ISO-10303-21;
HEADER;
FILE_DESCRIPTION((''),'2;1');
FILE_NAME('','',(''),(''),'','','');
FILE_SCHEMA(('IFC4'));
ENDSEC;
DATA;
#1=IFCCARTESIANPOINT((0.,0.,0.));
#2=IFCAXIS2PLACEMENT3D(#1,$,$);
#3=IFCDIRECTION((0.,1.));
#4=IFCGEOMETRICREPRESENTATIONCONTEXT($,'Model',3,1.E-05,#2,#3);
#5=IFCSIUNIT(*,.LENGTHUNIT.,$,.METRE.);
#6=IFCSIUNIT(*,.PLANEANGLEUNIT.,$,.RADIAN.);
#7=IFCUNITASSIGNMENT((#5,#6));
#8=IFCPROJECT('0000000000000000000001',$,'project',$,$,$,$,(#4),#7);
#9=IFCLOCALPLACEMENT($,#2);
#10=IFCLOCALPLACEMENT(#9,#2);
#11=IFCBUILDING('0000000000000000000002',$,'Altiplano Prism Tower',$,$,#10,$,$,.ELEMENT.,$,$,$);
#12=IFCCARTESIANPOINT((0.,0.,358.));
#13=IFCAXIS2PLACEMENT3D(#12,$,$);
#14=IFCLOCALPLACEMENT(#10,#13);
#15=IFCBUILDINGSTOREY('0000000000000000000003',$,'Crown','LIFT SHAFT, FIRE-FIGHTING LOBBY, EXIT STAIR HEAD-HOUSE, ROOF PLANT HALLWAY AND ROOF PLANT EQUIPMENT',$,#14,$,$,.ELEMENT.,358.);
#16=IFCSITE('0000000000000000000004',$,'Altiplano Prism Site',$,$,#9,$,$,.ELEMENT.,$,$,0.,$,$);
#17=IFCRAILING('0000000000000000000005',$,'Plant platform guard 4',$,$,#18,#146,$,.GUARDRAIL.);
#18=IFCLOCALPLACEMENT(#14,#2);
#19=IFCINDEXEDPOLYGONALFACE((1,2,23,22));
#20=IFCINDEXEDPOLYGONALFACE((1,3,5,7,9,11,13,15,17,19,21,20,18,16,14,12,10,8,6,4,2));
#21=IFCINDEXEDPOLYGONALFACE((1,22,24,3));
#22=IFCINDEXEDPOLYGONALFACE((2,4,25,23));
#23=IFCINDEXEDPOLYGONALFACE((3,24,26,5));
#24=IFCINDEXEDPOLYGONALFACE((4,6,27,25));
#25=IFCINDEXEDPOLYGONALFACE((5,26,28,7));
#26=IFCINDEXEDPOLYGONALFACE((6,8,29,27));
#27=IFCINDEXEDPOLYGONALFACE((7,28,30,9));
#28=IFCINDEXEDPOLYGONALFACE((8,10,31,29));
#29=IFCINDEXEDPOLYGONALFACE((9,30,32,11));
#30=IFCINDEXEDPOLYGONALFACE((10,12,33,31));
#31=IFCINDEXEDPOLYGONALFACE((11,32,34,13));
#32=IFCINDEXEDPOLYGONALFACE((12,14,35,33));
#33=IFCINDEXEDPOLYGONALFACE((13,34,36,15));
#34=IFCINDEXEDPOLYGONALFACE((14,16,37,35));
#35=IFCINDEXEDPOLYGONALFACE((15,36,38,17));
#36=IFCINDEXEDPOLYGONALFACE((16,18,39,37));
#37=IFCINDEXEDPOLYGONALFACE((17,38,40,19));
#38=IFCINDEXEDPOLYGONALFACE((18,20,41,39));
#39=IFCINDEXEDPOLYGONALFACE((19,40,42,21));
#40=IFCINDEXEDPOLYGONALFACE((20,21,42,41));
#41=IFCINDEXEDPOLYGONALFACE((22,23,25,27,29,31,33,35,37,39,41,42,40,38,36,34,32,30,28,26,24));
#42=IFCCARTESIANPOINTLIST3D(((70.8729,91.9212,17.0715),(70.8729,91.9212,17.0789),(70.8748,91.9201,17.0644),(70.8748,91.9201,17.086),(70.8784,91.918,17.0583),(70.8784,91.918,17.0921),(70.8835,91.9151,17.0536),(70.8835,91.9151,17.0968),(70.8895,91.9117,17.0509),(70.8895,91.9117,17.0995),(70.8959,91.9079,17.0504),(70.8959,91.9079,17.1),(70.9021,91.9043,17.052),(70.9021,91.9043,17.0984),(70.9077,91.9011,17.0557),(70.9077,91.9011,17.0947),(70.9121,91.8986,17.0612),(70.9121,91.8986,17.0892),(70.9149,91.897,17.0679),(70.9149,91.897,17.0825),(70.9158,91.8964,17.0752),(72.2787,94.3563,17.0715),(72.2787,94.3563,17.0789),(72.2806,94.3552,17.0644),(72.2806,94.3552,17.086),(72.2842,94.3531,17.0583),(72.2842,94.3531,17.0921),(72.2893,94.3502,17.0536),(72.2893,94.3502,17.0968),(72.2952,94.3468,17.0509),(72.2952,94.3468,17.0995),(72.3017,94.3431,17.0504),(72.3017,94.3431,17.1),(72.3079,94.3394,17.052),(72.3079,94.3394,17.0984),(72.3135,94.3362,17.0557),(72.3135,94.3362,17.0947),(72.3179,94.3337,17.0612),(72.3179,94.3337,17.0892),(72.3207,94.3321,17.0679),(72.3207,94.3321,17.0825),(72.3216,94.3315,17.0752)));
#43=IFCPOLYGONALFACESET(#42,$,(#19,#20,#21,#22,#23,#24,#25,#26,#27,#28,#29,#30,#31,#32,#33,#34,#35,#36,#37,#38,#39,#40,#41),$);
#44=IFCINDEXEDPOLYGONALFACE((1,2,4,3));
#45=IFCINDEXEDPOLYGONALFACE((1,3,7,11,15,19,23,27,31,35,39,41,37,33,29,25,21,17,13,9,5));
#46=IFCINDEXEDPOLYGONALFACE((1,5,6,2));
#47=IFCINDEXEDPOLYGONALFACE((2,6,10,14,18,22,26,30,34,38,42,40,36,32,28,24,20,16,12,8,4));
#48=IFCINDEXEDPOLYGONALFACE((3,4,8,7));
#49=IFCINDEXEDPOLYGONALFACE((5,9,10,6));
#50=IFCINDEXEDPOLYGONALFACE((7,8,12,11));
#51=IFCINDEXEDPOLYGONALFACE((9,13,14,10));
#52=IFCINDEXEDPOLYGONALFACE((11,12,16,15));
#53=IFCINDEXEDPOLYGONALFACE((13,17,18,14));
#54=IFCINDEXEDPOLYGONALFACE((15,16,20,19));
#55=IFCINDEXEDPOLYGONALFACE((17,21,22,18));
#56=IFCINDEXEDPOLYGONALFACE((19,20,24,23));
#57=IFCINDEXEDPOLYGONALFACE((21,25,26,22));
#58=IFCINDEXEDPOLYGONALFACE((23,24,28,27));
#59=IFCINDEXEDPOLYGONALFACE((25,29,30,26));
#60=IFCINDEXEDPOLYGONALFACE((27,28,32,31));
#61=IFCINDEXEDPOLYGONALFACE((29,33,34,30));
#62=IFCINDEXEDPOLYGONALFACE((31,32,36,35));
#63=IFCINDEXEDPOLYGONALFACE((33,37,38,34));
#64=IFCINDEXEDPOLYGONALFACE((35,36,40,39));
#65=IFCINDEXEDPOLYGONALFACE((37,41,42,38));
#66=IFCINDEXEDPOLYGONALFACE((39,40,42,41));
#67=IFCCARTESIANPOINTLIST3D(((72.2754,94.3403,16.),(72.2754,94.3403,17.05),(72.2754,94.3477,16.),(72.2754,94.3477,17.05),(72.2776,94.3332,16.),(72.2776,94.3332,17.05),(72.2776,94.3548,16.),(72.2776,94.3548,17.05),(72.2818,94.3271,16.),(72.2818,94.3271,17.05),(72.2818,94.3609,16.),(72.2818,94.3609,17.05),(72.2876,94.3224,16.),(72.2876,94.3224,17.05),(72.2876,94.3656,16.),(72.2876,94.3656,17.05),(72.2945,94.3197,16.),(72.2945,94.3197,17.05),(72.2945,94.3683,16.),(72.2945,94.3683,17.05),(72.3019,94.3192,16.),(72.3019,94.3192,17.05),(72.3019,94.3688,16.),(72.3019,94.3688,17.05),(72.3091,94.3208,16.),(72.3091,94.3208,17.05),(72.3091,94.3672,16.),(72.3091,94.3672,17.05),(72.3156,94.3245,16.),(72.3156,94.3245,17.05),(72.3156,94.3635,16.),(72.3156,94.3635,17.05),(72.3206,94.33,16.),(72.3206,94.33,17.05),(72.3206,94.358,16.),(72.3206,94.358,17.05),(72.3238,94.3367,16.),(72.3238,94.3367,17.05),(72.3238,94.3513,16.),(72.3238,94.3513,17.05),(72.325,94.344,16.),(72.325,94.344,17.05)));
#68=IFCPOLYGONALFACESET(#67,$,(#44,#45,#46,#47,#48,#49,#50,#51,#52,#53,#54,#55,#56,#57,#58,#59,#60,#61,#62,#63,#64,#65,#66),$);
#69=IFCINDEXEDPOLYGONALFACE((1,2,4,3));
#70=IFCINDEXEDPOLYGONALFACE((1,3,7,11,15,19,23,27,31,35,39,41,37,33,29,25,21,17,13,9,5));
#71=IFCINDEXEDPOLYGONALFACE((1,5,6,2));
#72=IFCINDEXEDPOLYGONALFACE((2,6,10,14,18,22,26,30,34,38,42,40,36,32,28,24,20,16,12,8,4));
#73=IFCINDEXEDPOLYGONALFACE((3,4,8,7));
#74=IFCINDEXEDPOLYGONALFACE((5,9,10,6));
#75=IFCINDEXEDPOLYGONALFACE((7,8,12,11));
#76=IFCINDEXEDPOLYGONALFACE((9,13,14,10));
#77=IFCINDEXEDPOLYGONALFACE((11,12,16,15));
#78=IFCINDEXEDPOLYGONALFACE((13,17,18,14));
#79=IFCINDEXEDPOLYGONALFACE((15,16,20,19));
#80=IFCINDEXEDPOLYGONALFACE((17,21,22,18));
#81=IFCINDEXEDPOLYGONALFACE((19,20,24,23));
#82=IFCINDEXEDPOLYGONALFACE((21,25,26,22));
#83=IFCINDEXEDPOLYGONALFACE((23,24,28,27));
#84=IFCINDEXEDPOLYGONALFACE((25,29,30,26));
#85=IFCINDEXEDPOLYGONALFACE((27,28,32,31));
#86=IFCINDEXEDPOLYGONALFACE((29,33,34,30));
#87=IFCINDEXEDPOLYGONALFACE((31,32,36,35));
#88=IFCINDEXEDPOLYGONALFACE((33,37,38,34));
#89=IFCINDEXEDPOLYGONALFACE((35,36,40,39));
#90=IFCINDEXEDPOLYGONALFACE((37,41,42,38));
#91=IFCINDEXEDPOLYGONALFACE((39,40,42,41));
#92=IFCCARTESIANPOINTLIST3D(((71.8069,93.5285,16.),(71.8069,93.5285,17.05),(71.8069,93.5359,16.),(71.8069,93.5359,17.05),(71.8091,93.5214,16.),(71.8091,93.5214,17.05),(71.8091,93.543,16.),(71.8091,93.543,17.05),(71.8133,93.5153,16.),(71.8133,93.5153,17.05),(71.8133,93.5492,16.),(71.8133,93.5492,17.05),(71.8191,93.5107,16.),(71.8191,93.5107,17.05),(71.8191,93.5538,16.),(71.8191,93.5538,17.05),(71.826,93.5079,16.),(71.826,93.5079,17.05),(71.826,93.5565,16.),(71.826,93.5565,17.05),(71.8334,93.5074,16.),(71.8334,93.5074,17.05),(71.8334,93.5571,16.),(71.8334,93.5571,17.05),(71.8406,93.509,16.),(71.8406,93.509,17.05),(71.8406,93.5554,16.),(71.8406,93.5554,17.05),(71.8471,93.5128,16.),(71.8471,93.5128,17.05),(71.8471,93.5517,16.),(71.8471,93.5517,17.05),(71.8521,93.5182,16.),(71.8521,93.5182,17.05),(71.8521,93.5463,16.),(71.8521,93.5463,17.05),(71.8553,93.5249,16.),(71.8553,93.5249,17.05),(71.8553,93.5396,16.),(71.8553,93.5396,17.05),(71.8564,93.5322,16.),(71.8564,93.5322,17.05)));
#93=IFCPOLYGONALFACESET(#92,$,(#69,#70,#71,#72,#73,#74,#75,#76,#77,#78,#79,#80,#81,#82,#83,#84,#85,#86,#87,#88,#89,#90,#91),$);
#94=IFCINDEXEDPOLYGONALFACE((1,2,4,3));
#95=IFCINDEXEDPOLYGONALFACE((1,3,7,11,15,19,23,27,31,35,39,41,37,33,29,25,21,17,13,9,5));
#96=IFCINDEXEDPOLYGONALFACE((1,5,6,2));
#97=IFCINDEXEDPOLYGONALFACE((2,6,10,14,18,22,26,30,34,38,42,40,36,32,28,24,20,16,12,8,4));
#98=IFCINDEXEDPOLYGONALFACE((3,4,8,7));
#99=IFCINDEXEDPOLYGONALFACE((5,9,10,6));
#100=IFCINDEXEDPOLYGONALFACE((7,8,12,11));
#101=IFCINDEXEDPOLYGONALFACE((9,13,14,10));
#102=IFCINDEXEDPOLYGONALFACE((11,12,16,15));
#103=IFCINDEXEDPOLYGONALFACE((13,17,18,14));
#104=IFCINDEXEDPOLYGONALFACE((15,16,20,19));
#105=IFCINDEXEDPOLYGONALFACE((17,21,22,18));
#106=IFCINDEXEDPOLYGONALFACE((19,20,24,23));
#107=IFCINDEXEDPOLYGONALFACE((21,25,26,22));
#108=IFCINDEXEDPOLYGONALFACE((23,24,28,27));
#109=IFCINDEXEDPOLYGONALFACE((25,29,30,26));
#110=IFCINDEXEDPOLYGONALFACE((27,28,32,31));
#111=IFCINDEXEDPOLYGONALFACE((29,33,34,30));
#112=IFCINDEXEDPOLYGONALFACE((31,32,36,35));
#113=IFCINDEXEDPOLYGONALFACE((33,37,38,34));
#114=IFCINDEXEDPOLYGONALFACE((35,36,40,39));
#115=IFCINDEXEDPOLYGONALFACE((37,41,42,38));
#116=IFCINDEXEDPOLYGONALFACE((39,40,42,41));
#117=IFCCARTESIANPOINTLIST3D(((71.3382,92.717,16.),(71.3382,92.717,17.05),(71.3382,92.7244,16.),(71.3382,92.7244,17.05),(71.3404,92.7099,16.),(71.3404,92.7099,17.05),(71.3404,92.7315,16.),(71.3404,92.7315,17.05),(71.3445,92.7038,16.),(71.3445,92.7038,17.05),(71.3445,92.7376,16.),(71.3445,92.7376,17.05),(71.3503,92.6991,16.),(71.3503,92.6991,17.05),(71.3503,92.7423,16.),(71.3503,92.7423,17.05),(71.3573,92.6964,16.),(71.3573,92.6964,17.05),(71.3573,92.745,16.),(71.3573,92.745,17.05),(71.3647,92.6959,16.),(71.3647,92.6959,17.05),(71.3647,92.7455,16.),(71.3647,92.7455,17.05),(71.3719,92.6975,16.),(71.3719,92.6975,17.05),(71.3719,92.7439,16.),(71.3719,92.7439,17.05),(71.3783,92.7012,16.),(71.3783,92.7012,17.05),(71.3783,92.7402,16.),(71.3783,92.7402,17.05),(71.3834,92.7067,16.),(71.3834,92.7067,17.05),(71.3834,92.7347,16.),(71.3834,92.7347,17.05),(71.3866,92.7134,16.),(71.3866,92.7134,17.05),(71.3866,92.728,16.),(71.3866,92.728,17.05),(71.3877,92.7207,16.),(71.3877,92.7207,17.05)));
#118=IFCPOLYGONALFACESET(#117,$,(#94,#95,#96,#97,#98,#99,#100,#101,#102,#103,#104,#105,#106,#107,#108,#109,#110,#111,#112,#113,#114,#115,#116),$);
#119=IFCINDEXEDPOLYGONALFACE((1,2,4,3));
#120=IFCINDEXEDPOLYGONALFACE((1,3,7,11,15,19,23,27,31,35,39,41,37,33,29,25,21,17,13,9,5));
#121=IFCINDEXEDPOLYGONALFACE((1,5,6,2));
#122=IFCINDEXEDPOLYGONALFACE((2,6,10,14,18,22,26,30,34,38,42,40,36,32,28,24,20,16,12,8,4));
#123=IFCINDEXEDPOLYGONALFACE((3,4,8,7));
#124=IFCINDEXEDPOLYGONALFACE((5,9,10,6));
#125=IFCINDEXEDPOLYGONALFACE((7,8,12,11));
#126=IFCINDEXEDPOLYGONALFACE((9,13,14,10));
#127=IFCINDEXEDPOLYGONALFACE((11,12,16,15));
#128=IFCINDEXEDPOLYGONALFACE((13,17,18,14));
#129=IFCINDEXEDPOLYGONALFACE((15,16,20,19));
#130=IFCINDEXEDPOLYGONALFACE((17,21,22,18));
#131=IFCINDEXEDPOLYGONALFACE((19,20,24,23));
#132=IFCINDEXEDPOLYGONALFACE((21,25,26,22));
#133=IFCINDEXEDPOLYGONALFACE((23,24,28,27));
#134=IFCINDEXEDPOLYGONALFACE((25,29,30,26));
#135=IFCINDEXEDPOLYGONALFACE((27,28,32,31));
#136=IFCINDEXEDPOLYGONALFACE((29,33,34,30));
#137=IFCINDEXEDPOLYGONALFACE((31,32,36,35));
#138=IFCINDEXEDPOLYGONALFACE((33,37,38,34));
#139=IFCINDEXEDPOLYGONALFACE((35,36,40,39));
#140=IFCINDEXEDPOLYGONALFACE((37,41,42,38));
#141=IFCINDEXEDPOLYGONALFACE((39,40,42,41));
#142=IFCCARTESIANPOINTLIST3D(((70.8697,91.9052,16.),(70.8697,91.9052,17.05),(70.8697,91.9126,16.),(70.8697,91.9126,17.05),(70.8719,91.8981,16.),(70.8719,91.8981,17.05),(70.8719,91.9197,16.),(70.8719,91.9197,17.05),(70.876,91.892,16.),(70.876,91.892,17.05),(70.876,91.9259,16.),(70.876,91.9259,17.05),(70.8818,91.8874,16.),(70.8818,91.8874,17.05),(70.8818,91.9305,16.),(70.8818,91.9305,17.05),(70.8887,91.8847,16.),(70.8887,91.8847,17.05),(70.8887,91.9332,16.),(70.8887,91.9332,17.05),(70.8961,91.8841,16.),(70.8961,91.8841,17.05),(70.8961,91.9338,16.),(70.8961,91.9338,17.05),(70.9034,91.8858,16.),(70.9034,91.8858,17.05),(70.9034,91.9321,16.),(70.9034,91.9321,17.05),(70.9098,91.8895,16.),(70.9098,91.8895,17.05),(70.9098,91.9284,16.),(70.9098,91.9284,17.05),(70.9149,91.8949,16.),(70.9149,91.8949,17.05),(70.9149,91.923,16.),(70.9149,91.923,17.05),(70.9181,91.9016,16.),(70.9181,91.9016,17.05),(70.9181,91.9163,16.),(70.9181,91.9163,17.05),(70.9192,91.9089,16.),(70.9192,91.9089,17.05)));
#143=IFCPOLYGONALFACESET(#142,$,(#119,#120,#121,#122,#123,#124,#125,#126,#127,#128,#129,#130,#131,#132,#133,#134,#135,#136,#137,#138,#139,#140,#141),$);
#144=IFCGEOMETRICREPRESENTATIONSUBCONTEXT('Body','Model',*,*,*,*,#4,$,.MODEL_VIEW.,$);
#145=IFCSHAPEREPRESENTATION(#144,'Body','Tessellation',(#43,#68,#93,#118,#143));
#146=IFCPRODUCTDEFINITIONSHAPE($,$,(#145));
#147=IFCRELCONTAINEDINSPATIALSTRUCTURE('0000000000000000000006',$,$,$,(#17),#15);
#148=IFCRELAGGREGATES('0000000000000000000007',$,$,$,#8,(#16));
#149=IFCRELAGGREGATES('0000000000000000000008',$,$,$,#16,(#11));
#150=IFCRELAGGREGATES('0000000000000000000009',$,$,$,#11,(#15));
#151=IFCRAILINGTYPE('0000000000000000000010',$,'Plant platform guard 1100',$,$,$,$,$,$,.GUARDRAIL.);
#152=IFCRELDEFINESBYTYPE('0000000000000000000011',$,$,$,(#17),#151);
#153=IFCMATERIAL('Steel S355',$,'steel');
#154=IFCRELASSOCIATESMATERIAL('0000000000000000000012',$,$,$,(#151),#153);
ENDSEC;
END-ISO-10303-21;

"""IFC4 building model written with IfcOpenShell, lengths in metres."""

from ifc_helpers import new_model, si_unit, direction, frame, origin, origin_2d, place, context, subcontext, project, spatial, circle, extrude, material, type_object, element, save


model = new_model("IFC4")

# Units and contexts
model_context = context("Model", 3, precision=1e-05, world=origin(), true_north=direction((0.0, 1.0)))
body_context = subcontext(model_context, "Body", "Model", "MODEL_VIEW")
ifc_project = project(units=[si_unit("LENGTHUNIT", "METRE"), si_unit("PLANEANGLEUNIT", "RADIAN")], contexts=[model_context])

# Site, building, storey
site_placement = place(None, origin())
site = spatial("IfcSite", under=ifc_project, at=site_placement, Name="Altiplano Prism Site", CompositionType="ELEMENT", RefElevation=0.0)
building_placement = place(site_placement, origin())
building = spatial("IfcBuilding", under=site, at=building_placement, Name="Altiplano Prism Tower", CompositionType="ELEMENT")
storey_placement = place(building_placement, frame((0.0, 0.0, 358.0)))
storey = spatial("IfcBuildingStorey", under=building, at=storey_placement, Name="Crown", Description="LIFT SHAFT, FIRE-FIGHTING LOBBY, EXIT STAIR HEAD-HOUSE, ROOF PLANT HALLWAY AND ROOF PLANT EQUIPMENT", CompositionType="ELEMENT", Elevation=358.0)

# Shared definitions
ifc_material_1 = material(Name="Steel S355", Category="steel")

# Railing
railing_type = type_object("IfcRailingType", Name="Plant platform guard 1100", PredefinedType="GUARDRAIL", material=ifc_material_1)
railing_placement = place(storey_placement, frame((72.3, 94.344, 16.0)))
element("IfcRailing", 1, at=railing_placement, inside=storey, type_object=railing_type, Name="Plant platform guard 4", PredefinedType="GUARDRAIL", context=body_context, shape_type="SweptSolid", body=[
    extrude(circle(Radius=0.0249, at=origin_2d()), frame((0.0, 0.0, 1.0752), z_axis=(-0.499968, -0.866044, 0.0), x_axis=(0.866044, -0.499968, 0.0)), (0.0, 0.0, 1.0), 2.8118),
    extrude(circle(Radius=0.0249, at=origin_2d()), origin(), (0.0, 0.0, 1.0), 1.05),
    extrude(circle(Radius=0.0249, at=origin_2d()), frame((-0.4685, -0.8118, 0.0)), (0.0, 0.0, 1.0), 1.05),
    extrude(circle(Radius=0.0249, at=origin_2d()), frame((-0.9373, -1.6233, 0.0)), (0.0, 0.0, 1.0), 1.05),
    extrude(circle(Radius=0.0249, at=origin_2d()), frame((-1.4058, -2.4351, 0.0)), (0.0, 0.0, 1.0), 1.05),
])

save(model, "model.ifc")
